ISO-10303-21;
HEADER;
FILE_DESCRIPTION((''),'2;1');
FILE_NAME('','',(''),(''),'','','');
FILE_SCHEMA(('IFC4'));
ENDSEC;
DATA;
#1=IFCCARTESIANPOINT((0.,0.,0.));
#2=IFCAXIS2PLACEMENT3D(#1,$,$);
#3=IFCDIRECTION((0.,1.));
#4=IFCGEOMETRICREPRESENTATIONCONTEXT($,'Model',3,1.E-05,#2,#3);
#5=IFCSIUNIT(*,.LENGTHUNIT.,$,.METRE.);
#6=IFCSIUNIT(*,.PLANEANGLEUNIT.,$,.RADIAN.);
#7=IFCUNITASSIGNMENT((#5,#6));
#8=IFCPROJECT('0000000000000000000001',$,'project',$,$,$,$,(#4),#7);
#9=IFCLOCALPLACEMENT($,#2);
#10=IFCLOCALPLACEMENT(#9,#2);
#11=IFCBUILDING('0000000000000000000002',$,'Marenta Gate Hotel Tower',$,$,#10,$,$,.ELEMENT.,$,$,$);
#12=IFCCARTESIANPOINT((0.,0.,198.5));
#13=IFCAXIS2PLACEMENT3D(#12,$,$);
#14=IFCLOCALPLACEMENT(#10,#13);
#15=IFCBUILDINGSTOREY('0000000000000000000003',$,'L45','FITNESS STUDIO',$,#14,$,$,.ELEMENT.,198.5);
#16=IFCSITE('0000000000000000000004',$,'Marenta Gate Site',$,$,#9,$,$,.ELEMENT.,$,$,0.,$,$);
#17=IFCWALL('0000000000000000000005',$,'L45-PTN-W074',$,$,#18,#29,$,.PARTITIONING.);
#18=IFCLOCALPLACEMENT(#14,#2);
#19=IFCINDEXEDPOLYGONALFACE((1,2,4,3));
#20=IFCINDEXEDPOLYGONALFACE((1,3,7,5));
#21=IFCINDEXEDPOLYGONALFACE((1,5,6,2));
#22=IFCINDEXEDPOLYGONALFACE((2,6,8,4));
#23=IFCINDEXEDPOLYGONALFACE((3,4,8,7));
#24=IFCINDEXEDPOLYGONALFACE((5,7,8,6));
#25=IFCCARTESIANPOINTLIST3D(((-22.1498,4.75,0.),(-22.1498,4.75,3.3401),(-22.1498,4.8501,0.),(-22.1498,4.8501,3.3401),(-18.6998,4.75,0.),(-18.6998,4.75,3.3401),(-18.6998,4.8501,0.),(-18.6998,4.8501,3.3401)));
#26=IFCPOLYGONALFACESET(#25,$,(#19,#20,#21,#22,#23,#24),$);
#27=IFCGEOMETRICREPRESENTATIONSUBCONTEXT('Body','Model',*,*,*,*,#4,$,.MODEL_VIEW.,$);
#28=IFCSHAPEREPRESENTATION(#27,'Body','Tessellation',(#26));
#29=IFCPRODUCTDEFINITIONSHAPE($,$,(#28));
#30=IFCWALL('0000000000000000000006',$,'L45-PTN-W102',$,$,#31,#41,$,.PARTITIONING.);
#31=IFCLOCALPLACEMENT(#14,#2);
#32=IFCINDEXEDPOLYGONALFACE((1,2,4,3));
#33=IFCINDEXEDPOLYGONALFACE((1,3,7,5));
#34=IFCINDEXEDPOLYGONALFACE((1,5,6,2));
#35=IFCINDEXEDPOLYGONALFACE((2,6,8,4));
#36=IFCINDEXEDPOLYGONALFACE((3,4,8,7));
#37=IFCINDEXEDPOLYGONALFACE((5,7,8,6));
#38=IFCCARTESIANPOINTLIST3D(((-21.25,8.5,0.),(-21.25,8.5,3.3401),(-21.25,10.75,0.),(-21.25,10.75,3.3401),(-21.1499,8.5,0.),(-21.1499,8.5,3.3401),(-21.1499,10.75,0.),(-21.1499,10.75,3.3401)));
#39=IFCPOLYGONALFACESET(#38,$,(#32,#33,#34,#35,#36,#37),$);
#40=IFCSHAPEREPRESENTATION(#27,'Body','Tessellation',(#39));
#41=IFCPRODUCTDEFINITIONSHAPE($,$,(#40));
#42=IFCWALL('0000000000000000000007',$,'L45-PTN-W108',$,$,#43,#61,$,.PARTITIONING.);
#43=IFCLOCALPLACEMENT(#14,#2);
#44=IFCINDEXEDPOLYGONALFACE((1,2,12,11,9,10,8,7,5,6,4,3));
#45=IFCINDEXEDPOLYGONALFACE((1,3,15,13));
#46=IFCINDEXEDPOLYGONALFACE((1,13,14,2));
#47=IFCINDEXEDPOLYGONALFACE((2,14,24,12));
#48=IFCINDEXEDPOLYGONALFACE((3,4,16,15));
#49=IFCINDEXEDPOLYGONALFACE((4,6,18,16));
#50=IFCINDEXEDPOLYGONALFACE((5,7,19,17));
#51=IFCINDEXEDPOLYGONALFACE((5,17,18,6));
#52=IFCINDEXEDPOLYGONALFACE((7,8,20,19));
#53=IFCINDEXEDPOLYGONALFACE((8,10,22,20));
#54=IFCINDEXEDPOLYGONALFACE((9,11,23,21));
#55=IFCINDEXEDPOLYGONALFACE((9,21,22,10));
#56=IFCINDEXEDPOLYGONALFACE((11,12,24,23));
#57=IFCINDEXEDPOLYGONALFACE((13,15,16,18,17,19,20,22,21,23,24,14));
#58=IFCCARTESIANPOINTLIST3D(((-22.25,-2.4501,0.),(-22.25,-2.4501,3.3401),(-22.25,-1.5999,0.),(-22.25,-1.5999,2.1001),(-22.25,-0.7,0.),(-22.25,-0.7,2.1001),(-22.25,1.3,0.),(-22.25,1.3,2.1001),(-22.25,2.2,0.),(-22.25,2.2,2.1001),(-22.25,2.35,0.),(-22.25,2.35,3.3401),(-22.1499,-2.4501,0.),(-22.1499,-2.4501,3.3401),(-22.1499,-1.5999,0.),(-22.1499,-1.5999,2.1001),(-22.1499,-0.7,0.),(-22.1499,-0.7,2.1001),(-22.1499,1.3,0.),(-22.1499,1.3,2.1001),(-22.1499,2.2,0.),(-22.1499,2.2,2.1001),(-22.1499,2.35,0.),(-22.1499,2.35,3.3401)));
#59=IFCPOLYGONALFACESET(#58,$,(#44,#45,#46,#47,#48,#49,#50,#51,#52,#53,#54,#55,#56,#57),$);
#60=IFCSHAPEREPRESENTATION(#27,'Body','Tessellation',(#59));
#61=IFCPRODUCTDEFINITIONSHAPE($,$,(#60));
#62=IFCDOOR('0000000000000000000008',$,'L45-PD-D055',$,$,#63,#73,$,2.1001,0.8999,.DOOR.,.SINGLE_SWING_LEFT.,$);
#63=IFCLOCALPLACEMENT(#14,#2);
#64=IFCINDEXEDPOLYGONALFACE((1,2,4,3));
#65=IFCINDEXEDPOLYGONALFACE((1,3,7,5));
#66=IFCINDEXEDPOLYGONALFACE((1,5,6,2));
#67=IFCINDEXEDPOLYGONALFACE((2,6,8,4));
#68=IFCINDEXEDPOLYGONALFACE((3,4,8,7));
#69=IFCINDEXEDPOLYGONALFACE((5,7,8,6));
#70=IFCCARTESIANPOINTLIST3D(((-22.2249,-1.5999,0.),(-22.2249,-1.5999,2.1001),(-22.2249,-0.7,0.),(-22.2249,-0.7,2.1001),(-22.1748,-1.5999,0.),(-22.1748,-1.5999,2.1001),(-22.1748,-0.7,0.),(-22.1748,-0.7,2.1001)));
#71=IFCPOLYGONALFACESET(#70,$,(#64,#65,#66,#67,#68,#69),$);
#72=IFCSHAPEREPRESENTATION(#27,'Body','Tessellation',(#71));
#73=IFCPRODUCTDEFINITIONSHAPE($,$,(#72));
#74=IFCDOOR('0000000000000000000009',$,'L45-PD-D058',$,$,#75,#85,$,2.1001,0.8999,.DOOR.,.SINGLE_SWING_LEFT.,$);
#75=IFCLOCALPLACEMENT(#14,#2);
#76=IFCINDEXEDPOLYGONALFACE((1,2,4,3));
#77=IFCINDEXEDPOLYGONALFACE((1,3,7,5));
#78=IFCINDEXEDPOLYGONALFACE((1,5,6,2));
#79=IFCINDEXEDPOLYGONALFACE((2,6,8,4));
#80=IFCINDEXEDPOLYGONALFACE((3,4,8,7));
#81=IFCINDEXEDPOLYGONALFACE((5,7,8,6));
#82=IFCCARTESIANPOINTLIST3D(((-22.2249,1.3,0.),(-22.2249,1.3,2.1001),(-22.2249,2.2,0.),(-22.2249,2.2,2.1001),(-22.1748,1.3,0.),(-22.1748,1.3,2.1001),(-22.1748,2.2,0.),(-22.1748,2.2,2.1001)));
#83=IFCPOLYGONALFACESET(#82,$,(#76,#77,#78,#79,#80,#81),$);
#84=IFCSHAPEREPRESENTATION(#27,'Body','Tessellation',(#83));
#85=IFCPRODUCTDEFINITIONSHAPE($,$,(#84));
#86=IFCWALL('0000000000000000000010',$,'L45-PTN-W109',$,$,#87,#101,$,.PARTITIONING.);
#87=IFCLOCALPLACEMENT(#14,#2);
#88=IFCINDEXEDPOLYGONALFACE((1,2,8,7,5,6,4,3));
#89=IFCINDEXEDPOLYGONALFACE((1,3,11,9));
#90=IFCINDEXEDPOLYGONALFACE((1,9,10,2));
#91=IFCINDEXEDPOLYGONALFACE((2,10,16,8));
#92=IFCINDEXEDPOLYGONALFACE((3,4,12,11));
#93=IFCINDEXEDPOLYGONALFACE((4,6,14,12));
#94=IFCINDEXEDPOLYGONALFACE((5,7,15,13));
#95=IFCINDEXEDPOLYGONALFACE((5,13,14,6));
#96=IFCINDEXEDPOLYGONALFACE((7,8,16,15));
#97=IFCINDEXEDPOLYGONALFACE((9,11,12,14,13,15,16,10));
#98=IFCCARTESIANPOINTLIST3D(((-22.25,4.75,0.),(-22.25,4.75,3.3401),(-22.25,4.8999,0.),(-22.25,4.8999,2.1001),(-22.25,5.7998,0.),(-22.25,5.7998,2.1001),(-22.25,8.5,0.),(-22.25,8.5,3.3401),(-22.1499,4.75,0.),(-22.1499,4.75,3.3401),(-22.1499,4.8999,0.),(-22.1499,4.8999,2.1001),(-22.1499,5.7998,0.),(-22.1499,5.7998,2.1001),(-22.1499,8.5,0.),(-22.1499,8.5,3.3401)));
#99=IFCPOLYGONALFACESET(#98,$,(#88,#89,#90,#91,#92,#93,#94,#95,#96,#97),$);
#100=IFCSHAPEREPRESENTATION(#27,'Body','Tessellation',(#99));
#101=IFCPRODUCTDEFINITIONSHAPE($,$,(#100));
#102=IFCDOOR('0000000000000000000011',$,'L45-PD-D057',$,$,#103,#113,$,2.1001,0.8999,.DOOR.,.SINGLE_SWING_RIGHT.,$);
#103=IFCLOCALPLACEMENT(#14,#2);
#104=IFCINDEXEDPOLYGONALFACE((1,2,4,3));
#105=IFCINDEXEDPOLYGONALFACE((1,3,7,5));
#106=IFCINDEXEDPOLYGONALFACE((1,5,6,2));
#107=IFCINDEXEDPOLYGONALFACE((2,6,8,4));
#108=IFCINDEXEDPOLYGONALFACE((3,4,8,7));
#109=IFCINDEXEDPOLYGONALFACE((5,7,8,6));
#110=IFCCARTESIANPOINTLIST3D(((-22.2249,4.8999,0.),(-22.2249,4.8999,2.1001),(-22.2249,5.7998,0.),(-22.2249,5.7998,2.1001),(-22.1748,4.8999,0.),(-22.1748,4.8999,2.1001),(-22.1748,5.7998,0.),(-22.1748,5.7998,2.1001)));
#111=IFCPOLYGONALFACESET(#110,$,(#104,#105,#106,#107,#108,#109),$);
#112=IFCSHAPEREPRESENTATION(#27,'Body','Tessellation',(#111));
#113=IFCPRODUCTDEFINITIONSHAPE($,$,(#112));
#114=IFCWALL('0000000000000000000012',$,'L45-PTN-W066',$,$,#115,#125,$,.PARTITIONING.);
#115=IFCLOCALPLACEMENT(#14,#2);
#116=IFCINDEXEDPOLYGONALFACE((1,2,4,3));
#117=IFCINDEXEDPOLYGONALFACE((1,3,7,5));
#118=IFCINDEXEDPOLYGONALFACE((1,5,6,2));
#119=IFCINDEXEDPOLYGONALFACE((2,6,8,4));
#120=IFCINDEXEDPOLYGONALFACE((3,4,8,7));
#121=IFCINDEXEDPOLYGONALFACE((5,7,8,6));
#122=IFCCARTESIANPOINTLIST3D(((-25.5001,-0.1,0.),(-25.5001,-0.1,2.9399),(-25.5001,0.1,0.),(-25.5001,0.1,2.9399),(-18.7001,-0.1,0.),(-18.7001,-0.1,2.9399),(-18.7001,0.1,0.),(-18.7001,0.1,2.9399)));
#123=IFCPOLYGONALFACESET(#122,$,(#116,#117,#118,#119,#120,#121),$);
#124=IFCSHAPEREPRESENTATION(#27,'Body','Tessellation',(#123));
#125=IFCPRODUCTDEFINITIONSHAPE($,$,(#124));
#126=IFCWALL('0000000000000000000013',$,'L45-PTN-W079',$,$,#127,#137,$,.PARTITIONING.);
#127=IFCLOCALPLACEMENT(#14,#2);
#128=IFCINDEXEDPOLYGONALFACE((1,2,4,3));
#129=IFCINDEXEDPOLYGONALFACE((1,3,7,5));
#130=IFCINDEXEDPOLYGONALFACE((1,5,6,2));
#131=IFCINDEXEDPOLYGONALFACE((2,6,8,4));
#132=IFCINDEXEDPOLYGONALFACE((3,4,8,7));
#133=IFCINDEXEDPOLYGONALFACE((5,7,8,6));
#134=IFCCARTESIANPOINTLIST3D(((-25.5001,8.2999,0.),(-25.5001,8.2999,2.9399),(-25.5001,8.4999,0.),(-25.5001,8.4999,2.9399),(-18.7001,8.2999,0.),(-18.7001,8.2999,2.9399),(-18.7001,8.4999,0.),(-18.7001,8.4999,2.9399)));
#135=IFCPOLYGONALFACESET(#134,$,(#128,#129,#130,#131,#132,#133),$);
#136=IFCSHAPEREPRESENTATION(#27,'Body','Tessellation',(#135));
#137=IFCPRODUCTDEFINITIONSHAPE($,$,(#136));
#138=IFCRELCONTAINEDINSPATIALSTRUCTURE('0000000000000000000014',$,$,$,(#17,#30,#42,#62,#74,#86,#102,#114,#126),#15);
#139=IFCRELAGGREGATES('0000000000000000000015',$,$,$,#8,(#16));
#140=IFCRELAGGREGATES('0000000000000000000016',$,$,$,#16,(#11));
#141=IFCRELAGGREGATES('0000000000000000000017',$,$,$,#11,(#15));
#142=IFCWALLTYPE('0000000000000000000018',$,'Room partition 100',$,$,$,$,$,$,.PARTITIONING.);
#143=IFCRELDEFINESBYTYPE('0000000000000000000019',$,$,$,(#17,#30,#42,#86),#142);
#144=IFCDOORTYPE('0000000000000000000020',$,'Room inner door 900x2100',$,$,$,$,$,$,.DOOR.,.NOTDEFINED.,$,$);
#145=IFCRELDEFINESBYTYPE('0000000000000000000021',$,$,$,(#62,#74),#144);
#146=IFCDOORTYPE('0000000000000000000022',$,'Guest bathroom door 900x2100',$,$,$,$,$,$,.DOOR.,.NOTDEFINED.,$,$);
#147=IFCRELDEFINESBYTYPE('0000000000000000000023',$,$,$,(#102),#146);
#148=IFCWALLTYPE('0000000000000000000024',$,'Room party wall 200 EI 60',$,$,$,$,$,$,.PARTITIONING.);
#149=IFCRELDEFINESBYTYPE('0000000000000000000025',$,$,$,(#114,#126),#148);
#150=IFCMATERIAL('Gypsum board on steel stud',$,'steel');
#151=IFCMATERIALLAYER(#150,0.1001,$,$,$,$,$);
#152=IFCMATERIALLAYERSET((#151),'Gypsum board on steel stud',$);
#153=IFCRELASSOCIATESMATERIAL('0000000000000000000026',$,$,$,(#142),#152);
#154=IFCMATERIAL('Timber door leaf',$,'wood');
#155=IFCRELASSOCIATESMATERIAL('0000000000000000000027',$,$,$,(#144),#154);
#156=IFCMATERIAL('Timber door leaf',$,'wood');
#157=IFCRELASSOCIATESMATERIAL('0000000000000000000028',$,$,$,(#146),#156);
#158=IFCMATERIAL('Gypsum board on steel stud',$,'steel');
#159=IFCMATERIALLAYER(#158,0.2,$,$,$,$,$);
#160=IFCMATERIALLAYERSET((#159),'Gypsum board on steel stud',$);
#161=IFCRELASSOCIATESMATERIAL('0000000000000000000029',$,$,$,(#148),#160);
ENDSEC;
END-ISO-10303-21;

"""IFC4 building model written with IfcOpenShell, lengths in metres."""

from ifc_helpers import new_model, si_unit, direction, frame, frame_2d, origin, place, context, subcontext, project, spatial, rectangle, extrude, material, layer, layer_set, type_object, element, fill, save


model = new_model("IFC4")

# Units and contexts
model_context = context("Model", 3, precision=1e-05, world=origin(), true_north=direction((0.0, 1.0)))
body_context = subcontext(model_context, "Body", "Model", "MODEL_VIEW")
ifc_project = project(units=[si_unit("LENGTHUNIT", "METRE"), si_unit("PLANEANGLEUNIT", "RADIAN")], contexts=[model_context])

# Site, building, storey
site_placement = place(None, origin())
site = spatial("IfcSite", under=ifc_project, at=site_placement, Name="Marenta Gate Site", CompositionType="ELEMENT", RefElevation=0.0)
building_placement = place(site_placement, origin())
building = spatial("IfcBuilding", under=site, at=building_placement, Name="Marenta Gate Hotel Tower", CompositionType="ELEMENT")
storey_placement = place(building_placement, frame((0.0, 0.0, 198.5)))
storey = spatial("IfcBuildingStorey", under=building, at=storey_placement, Name="L45", Description="FITNESS STUDIO", CompositionType="ELEMENT", Elevation=198.5)

# Walls
ifc_material_1 = material(Name="Gypsum board on steel stud", Category="steel")
ifc_layer_1 = layer(ifc_material_1, 0.1001)
ifc_layer_set_1 = layer_set([ifc_layer_1], Name="Gypsum board on steel stud")
wall_type_1 = type_object("IfcWallType", Name="Room partition 100", PredefinedType="PARTITIONING", material=ifc_layer_set_1)
wall_1_placement = place(storey_placement, frame((-22.1499, 4.8, 0.0), z_axis=(0.0, 0.0, 1.0), x_axis=(1.0, 0.0, 0.0)))
element("IfcWall", 1, at=wall_1_placement, inside=storey, type_object=wall_type_1, Name="L45-PTN-W074", PredefinedType="PARTITIONING", context=body_context, shape_type="SweptSolid", body=[
    extrude(rectangle(XDim=3.45, YDim=0.1001, at=frame_2d((1.7251, 0.0))), origin(), (0.0, 0.0, 1.0), 3.3401),
])
wall_2_placement = place(storey_placement, frame((-21.2, 8.5, 0.0), z_axis=(0.0, 0.0, 1.0), x_axis=(0.0, 1.0, 0.0)))
element("IfcWall", 2, at=wall_2_placement, inside=storey, type_object=wall_type_1, Name="L45-PTN-W102", PredefinedType="PARTITIONING", context=body_context, shape_type="SweptSolid", body=[
    extrude(rectangle(XDim=2.25, YDim=0.1001, at=frame_2d((1.125, 0.0))), origin(), (0.0, 0.0, 1.0), 3.3401),
])

# Wall, openings, doors
wall_3_placement = place(storey_placement, frame((-22.2, -2.45, 0.0), z_axis=(0.0, 0.0, 1.0), x_axis=(0.0, 1.0, 0.0)))
wall_3 = element("IfcWall", 3, at=wall_3_placement, inside=storey, type_object=wall_type_1, Name="L45-PTN-W108", PredefinedType="PARTITIONING", context=body_context, shape_type="SweptSolid", body=[
    extrude(rectangle(XDim=4.8, YDim=0.1001, at=frame_2d((2.3999, 0.0))), origin(), (0.0, 0.0, 1.0), 3.3401),
])
opening_1_placement = place(wall_3_placement, frame((0.8501, 0.0, 0.0)))
opening_1 = element("IfcOpeningElement", 4, at=opening_1_placement, cuts=wall_3, PredefinedType="OPENING", context=body_context, shape_type="SweptSolid", body=[
    extrude(rectangle(XDim=0.8999, YDim=2.1001, at=frame_2d((0.45, 1.05))), frame((0.0, 0.05, 0.0), z_axis=(0.0, -1.0, 0.0), x_axis=(1.0, 0.0, 0.0)), (0.0, 0.0, 1.0), 0.1001),
])
opening_2_placement = place(wall_3_placement, frame((3.75, 0.0, 0.0)))
opening_2 = element("IfcOpeningElement", 5, at=opening_2_placement, cuts=wall_3, PredefinedType="OPENING", context=body_context, shape_type="SweptSolid", body=[
    extrude(rectangle(XDim=0.8999, YDim=2.1001, at=frame_2d((0.45, 1.05))), frame((0.0, 0.05, 0.0), z_axis=(0.0, -1.0, 0.0), x_axis=(1.0, 0.0, 0.0)), (0.0, 0.0, 1.0), 0.1001),
])
ifc_material_2 = material(Name="Timber door leaf", Category="wood")
door_type_1 = type_object("IfcDoorType", Name="Room inner door 900x2100", OperationType="NOTDEFINED", PredefinedType="DOOR", material=ifc_material_2)
door_1_placement = place(opening_1_placement, origin())
door_1 = element("IfcDoor", 6, at=door_1_placement, inside=storey, type_object=door_type_1, Name="L45-PD-D055", OperationType="SINGLE_SWING_LEFT", OverallHeight=2.1001, OverallWidth=0.8999, PredefinedType="DOOR", context=body_context, shape_type="SweptSolid", body=[
    extrude(rectangle(XDim=0.8999, YDim=2.1001, at=frame_2d((0.45, 1.05))), frame((0.0, 0.0249, 0.0), z_axis=(0.0, -1.0, 0.0), x_axis=(1.0, 0.0, 0.0)), (0.0, 0.0, 1.0), 0.05),
])
fill(opening_1, door_1)
door_2_placement = place(opening_2_placement, origin())
door_2 = element("IfcDoor", 7, at=door_2_placement, inside=storey, type_object=door_type_1, Name="L45-PD-D058", OperationType="SINGLE_SWING_LEFT", OverallHeight=2.1001, OverallWidth=0.8999, PredefinedType="DOOR", context=body_context, shape_type="SweptSolid", body=[
    extrude(rectangle(XDim=0.8999, YDim=2.1001, at=frame_2d((0.45, 1.05))), frame((0.0, 0.0249, 0.0), z_axis=(0.0, -1.0, 0.0), x_axis=(1.0, 0.0, 0.0)), (0.0, 0.0, 1.0), 0.05),
])
fill(opening_2, door_2)

# Wall, opening, door
wall_4_placement = place(storey_placement, frame((-22.2, 4.75, 0.0), z_axis=(0.0, 0.0, 1.0), x_axis=(0.0, 1.0, 0.0)))
wall_4 = element("IfcWall", 8, at=wall_4_placement, inside=storey, type_object=wall_type_1, Name="L45-PTN-W109", PredefinedType="PARTITIONING", context=body_context, shape_type="SweptSolid", body=[
    extrude(rectangle(XDim=3.75, YDim=0.1001, at=frame_2d((1.875, 0.0))), origin(), (0.0, 0.0, 1.0), 3.3401),
])
opening_3_placement = place(wall_4_placement, frame((0.1499, 0.0, 0.0)))
opening_3 = element("IfcOpeningElement", 9, at=opening_3_placement, cuts=wall_4, PredefinedType="OPENING", context=body_context, shape_type="SweptSolid", body=[
    extrude(rectangle(XDim=0.8999, YDim=2.1001, at=frame_2d((0.45, 1.05))), frame((0.0, 0.05, 0.0), z_axis=(0.0, -1.0, 0.0), x_axis=(1.0, 0.0, 0.0)), (0.0, 0.0, 1.0), 0.1001),
])
ifc_material_3 = material(Name="Timber door leaf", Category="wood")
door_type_2 = type_object("IfcDoorType", Name="Guest bathroom door 900x2100", OperationType="NOTDEFINED", PredefinedType="DOOR", material=ifc_material_3)
door_3_placement = place(opening_3_placement, origin())
door_3 = element("IfcDoor", 10, at=door_3_placement, inside=storey, type_object=door_type_2, Name="L45-PD-D057", OperationType="SINGLE_SWING_RIGHT", OverallHeight=2.1001, OverallWidth=0.8999, PredefinedType="DOOR", context=body_context, shape_type="SweptSolid", body=[
    extrude(rectangle(XDim=0.8999, YDim=2.1001, at=frame_2d((0.45, 1.05))), frame((0.0, 0.0249, 0.0), z_axis=(0.0, -1.0, 0.0), x_axis=(1.0, 0.0, 0.0)), (0.0, 0.0, 1.0), 0.05),
])
fill(opening_3, door_3)

# Walls
ifc_material_4 = material(Name="Gypsum board on steel stud", Category="steel")
ifc_layer_2 = layer(ifc_material_4, 0.2)
ifc_layer_set_2 = layer_set([ifc_layer_2], Name="Gypsum board on steel stud")
wall_type_2 = type_object("IfcWallType", Name="Room party wall 200 EI 60", PredefinedType="PARTITIONING", material=ifc_layer_set_2)
for number, where, z_axis, x_axis, name in (
    (11, (-25.5, 0.0, 0.0), (0.0, 0.0, 1.0), (1.0, 0.0, 0.0), "L45-PTN-W066"),
    (12, (-25.5, 8.3999, 0.0), (0.0, 0.0, 1.0), (1.0, 0.0, 0.0), "L45-PTN-W079"),
):
    element("IfcWall", number, at=place(storey_placement, frame(where, z_axis=z_axis, x_axis=x_axis)), inside=storey, type_object=wall_type_2, Name=name, PredefinedType="PARTITIONING", context=body_context, shape_type="SweptSolid", body=[
        extrude(rectangle(XDim=6.8, YDim=0.2, at=frame_2d((3.3999, 0.0))), origin(), (0.0, 0.0, 1.0), 2.9399),
    ])

save(model, "model.ifc")
